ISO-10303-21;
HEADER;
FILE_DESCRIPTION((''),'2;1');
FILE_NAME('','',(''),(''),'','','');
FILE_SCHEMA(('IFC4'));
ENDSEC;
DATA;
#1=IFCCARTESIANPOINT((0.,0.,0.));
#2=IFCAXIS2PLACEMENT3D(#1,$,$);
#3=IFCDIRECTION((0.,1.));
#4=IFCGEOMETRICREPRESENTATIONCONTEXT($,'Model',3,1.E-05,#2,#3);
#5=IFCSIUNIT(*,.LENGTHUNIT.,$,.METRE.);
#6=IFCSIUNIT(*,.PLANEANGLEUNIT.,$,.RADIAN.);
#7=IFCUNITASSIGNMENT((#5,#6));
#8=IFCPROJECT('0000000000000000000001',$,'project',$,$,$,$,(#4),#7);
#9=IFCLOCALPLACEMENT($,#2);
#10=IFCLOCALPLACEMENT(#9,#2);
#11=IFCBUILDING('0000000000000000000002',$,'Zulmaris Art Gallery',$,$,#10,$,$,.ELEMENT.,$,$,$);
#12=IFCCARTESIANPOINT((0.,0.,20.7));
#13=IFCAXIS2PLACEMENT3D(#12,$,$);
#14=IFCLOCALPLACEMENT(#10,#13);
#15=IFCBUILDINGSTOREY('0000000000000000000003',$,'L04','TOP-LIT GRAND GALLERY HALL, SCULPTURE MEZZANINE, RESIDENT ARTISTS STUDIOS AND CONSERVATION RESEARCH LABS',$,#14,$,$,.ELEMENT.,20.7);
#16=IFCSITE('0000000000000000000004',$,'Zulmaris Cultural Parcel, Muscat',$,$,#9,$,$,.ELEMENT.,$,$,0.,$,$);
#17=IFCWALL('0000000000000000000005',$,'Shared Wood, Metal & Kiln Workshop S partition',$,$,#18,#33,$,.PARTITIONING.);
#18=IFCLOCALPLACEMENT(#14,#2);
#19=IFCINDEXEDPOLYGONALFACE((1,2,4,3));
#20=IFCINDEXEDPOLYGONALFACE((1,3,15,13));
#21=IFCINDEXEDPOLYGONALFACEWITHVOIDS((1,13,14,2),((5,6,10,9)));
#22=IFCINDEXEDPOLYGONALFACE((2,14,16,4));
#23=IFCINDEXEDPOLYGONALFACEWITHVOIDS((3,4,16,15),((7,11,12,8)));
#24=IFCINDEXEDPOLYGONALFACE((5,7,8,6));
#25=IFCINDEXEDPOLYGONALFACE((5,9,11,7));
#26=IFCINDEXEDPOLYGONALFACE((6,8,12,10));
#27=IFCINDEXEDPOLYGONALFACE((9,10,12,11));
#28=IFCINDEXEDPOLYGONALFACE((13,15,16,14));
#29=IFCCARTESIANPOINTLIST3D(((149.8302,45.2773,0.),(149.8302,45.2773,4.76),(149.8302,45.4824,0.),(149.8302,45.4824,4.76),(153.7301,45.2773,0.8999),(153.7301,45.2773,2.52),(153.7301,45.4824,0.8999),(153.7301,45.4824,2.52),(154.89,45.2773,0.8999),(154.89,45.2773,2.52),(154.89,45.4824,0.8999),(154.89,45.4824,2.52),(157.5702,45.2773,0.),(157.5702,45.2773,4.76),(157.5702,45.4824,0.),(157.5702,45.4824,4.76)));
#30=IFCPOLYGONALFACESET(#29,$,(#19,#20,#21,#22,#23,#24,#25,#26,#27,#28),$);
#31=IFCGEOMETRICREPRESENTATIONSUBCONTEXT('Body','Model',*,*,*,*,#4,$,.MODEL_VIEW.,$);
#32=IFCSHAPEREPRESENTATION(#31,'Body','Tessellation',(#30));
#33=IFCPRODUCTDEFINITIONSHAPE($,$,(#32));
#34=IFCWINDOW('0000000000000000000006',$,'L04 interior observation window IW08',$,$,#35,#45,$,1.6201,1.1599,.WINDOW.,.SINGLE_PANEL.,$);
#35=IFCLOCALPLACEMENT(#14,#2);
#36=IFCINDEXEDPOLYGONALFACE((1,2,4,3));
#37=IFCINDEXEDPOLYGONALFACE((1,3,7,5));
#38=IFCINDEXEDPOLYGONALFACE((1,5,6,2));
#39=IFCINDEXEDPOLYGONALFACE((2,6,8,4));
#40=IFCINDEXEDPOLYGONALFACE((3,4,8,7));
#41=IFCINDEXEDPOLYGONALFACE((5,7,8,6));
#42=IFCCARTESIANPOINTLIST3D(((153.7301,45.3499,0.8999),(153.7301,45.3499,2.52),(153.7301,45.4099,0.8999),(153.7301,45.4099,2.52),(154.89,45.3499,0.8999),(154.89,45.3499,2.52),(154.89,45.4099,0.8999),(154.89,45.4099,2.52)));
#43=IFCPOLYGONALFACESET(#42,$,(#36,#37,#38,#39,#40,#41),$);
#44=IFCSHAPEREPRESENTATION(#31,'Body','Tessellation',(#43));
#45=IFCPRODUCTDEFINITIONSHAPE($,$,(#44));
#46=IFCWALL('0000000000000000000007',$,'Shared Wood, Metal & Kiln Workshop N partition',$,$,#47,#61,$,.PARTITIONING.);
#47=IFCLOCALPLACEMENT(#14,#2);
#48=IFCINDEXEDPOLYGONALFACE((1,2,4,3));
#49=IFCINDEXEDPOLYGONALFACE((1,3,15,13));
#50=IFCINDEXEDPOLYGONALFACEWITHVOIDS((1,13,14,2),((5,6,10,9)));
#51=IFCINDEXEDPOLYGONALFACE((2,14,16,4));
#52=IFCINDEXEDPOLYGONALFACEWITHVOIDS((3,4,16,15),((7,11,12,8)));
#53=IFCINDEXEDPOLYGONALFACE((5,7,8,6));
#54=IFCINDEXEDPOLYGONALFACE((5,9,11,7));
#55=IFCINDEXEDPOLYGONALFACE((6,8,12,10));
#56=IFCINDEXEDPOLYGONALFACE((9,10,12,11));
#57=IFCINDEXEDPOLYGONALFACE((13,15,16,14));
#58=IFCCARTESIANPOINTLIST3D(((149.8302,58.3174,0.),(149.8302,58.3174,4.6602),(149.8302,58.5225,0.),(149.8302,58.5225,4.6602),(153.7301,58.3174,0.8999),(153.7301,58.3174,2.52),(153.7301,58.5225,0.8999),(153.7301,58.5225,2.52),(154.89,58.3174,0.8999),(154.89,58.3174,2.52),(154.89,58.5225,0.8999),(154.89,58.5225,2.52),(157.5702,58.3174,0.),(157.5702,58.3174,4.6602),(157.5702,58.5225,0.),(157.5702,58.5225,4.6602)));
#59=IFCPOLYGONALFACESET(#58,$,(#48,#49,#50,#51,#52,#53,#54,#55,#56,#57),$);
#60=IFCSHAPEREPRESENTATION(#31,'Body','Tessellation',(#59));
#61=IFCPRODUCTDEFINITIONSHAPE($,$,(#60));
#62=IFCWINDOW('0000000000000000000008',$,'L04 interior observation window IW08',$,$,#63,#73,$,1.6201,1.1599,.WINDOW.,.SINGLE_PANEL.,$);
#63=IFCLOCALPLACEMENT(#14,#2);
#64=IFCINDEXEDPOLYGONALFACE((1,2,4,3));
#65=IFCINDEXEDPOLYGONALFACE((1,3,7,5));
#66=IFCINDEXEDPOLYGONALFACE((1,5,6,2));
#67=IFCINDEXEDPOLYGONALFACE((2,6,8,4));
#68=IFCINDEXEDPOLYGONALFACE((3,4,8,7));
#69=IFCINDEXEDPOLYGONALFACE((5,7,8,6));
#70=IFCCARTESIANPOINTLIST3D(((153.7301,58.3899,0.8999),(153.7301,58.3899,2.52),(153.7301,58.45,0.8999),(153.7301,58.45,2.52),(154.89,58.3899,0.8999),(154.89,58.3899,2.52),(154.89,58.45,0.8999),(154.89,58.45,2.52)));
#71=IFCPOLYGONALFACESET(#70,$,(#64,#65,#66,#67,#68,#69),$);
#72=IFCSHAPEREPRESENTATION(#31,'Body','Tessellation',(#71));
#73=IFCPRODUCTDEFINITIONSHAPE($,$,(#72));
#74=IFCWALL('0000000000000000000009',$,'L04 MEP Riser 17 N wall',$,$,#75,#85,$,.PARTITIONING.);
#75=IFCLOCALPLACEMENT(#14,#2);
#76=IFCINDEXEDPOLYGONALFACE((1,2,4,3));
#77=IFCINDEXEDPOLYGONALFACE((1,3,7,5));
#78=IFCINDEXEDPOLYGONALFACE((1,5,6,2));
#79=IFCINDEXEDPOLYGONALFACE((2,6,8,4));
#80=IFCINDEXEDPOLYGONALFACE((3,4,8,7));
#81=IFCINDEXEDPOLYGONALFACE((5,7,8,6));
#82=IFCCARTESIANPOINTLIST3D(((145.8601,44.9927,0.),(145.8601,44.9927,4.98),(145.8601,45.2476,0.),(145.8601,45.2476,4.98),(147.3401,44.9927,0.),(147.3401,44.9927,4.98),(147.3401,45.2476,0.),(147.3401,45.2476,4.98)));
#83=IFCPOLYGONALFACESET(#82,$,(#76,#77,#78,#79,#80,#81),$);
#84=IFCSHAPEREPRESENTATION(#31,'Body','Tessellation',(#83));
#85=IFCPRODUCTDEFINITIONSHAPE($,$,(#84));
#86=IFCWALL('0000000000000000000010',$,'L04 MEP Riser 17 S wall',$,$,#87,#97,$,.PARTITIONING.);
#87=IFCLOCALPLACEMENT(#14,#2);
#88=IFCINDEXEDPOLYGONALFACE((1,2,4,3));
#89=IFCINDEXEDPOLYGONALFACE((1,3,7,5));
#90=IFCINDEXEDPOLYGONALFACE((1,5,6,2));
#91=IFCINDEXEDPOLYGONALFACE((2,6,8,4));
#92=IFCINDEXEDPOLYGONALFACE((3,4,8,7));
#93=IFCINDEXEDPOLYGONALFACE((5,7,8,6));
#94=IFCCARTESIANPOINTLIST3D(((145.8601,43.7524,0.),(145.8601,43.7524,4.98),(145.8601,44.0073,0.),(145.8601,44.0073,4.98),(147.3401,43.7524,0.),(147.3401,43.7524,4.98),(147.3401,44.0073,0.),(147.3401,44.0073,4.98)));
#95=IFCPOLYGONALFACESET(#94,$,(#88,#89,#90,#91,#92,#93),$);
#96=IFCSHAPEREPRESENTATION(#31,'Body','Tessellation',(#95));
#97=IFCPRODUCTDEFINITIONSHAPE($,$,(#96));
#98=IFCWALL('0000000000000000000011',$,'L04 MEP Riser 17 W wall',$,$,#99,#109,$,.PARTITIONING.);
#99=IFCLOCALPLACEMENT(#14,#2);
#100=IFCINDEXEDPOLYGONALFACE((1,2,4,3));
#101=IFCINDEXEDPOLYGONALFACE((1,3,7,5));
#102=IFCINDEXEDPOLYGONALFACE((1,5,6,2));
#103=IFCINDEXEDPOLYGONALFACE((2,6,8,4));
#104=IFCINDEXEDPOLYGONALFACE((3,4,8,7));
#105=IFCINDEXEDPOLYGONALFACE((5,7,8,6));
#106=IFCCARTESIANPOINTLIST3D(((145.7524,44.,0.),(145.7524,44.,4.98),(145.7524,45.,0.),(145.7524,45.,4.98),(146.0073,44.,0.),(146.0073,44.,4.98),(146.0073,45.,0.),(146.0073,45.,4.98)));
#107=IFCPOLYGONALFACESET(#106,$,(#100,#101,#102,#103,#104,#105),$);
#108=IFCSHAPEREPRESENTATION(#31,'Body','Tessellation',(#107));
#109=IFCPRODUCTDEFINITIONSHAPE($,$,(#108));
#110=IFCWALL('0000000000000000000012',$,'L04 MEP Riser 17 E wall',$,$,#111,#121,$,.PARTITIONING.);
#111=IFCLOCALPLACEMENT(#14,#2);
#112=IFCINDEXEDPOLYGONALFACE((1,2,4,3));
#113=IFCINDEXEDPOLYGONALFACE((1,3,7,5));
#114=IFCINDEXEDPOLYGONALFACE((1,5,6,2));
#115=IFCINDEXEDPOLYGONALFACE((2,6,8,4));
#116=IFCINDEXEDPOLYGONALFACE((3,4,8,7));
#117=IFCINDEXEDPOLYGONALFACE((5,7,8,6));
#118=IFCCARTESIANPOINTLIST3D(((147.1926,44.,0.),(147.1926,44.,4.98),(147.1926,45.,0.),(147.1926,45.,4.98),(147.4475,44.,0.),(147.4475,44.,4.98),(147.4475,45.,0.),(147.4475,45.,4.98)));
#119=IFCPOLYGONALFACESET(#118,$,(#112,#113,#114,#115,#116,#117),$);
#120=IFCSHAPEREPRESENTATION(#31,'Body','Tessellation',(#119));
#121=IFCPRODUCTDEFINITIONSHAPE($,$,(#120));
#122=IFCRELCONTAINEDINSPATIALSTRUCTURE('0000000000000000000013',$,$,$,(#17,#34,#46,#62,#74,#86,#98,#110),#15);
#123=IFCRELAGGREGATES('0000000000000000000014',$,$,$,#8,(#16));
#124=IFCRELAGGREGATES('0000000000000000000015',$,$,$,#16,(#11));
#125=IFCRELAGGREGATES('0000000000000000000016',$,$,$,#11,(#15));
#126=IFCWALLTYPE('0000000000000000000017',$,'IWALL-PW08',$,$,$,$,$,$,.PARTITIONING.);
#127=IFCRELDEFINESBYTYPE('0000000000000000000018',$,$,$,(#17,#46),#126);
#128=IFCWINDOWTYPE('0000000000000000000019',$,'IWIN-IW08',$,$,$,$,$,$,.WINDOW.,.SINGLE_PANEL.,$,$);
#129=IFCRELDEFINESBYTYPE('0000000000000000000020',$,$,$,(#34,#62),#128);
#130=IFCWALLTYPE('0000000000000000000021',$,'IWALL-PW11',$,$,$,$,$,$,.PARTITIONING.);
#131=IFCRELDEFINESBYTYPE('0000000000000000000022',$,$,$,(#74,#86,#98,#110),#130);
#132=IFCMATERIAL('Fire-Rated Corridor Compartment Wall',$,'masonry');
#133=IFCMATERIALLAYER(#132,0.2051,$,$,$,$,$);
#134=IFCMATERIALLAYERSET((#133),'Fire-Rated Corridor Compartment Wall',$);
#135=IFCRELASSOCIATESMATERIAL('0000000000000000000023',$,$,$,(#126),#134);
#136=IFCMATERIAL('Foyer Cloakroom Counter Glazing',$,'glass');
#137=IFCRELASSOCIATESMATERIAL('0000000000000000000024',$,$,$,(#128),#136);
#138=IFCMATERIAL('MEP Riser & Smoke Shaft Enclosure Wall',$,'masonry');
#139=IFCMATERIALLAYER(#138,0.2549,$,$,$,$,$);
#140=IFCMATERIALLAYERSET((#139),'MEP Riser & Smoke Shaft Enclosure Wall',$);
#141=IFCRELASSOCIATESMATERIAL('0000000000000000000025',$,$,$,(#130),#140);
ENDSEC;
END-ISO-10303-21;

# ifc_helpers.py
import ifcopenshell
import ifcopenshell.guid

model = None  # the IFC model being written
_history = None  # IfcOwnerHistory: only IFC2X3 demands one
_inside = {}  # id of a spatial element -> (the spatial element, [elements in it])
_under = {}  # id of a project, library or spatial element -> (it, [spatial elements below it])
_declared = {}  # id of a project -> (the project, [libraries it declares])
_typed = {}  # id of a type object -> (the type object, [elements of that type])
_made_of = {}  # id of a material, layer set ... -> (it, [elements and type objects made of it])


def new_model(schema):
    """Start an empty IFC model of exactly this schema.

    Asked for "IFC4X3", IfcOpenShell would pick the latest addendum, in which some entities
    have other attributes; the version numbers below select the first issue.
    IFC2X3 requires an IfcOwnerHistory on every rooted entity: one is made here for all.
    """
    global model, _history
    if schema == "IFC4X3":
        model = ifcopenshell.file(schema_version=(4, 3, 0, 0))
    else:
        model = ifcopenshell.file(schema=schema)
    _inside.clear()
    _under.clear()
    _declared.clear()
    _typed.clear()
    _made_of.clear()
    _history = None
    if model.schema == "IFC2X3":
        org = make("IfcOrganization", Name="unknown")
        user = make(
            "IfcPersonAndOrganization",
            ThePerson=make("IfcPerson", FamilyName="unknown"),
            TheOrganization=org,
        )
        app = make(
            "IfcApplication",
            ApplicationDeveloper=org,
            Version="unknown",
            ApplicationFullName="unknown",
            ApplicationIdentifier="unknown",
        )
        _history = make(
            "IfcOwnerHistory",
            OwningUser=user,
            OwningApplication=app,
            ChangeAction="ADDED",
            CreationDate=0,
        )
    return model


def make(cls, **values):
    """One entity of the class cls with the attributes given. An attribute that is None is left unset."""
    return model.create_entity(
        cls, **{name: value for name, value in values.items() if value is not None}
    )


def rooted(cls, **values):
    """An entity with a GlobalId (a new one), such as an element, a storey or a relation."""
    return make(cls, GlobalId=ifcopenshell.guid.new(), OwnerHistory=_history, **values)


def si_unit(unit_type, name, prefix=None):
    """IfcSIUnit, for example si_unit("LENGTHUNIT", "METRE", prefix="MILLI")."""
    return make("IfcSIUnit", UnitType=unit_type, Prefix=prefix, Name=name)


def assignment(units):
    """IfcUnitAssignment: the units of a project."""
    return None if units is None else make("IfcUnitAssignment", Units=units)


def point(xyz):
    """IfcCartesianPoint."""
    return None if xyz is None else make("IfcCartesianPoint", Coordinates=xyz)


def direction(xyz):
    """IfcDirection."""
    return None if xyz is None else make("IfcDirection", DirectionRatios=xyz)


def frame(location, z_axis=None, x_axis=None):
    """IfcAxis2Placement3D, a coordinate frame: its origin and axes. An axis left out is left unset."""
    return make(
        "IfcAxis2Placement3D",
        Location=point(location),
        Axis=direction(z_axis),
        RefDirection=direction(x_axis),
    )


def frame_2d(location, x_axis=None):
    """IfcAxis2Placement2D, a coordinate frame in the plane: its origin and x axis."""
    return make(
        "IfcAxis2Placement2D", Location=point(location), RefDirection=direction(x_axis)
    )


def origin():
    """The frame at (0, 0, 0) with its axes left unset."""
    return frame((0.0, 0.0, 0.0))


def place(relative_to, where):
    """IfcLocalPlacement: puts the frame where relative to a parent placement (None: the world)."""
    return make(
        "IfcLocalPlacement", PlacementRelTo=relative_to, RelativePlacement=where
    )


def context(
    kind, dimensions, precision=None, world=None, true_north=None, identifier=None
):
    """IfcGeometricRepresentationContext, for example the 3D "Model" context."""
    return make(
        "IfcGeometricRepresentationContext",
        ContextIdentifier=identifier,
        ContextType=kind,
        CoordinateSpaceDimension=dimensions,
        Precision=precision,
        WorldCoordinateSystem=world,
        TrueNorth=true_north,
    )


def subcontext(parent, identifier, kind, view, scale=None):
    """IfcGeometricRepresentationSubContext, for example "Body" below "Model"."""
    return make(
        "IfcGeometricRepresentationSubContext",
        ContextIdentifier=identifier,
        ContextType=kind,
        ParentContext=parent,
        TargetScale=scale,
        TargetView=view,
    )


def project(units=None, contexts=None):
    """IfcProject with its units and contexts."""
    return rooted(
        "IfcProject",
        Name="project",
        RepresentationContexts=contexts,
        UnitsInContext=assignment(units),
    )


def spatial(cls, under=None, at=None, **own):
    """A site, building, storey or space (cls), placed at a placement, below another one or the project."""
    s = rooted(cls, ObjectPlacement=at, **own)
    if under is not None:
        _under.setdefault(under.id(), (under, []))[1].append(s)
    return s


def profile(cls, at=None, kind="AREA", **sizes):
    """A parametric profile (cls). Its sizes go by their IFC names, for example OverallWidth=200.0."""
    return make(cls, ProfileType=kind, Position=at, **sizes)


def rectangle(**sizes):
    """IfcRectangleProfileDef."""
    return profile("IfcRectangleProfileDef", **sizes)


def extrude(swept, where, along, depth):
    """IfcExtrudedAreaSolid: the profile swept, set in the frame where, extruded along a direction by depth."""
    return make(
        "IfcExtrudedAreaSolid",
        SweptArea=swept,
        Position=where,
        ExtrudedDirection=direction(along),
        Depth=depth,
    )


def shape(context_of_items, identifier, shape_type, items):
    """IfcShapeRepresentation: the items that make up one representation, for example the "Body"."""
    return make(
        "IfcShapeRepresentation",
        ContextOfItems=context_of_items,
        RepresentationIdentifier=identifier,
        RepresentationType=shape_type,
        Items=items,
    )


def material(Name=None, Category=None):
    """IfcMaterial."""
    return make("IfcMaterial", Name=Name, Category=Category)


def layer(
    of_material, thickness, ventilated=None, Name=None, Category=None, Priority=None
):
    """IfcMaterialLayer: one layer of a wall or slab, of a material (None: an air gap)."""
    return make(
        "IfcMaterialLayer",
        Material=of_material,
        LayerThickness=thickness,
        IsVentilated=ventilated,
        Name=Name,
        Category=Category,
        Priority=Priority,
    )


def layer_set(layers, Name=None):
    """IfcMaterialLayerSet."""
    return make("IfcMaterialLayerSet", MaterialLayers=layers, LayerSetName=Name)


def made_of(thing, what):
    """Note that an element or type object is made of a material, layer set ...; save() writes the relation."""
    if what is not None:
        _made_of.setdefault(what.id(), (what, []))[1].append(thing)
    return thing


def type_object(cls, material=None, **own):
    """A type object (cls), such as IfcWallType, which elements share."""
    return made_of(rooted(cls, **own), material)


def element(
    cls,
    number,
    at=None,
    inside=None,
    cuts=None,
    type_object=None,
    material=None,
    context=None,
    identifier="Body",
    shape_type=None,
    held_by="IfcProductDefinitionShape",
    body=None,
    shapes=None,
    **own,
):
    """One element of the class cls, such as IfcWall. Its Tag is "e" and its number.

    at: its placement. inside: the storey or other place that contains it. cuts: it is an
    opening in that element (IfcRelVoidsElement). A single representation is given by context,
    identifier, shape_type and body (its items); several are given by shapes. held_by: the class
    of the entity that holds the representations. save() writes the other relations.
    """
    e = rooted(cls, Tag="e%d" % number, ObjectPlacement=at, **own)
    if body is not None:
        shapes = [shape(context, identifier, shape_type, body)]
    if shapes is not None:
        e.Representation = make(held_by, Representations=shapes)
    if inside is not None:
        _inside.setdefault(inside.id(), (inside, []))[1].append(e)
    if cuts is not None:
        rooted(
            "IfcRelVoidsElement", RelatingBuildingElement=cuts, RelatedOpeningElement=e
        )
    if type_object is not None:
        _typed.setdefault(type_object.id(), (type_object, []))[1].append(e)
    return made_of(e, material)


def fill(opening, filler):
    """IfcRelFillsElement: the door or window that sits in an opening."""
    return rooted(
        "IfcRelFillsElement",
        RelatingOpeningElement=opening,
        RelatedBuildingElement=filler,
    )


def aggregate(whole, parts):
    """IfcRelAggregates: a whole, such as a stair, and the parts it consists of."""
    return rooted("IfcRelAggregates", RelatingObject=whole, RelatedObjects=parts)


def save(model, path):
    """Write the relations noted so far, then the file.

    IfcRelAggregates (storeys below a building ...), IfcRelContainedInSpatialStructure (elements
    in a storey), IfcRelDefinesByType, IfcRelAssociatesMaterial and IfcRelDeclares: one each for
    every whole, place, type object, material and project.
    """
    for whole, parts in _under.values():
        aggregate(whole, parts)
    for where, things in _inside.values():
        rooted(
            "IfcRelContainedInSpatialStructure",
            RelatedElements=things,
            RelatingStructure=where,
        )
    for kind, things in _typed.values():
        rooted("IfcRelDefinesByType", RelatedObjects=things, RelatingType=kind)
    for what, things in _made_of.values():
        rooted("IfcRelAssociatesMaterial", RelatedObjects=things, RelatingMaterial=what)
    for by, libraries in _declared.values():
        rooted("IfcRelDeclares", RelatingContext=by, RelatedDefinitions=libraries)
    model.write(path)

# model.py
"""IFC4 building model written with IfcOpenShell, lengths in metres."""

from ifc_helpers import new_model, si_unit, direction, frame, frame_2d, origin, place, context, subcontext, project, spatial, rectangle, extrude, material, layer, layer_set, type_object, element, fill, save


model = new_model("IFC4")

# Units and contexts
model_context = context("Model", 3, precision=1e-05, world=origin(), true_north=direction((0.0, 1.0)))
body_context = subcontext(model_context, "Body", "Model", "MODEL_VIEW")
ifc_project = project(units=[si_unit("LENGTHUNIT", "METRE"), si_unit("PLANEANGLEUNIT", "RADIAN")], contexts=[model_context])

# Site, building, storey
site_placement = place(None, origin())
site = spatial("IfcSite", under=ifc_project, at=site_placement, Name="Zulmaris Cultural Parcel, Muscat", CompositionType="ELEMENT", RefElevation=0.0)
building_placement = place(site_placement, origin())
building = spatial("IfcBuilding", under=site, at=building_placement, Name="Zulmaris Art Gallery", CompositionType="ELEMENT")
storey_placement = place(building_placement, frame((0.0, 0.0, 20.7)))
storey = spatial("IfcBuildingStorey", under=building, at=storey_placement, Name="L04", Description="TOP-LIT GRAND GALLERY HALL, SCULPTURE MEZZANINE, RESIDENT ARTISTS STUDIOS AND CONSERVATION RESEARCH LABS", CompositionType="ELEMENT", Elevation=20.7)

# Shared definitions
ifc_material_1 = material(Name="Fire-Rated Corridor Compartment Wall", Category="masonry")
ifc_layer_1 = layer(ifc_material_1, 0.2051)
ifc_layer_set_1 = layer_set([ifc_layer_1], Name="Fire-Rated Corridor Compartment Wall")
wall_type_1 = type_object("IfcWallType", Name="IWALL-PW08", PredefinedType="PARTITIONING", material=ifc_layer_set_1)

# Walls, openings, windows
wall_1_placement = place(storey_placement, frame((149.8301, 45.3799, 0.0), z_axis=(0.0, 0.0, 1.0), x_axis=(1.0, 0.0, 0.0)))
wall_1 = element("IfcWall", 1, at=wall_1_placement, inside=storey, type_object=wall_type_1, Name="Shared Wood, Metal & Kiln Workshop S partition", PredefinedType="PARTITIONING", context=body_context, shape_type="SweptSolid", body=[
    extrude(rectangle(XDim=7.74, YDim=0.2051, at=frame_2d((3.8701, 0.0))), origin(), (0.0, 0.0, 1.0), 4.76),
])
opening_1_placement = place(wall_1_placement, frame((3.8999, 0.0, 0.8999)))
opening_1 = element("IfcOpeningElement", 2, at=opening_1_placement, cuts=wall_1, PredefinedType="OPENING", context=body_context, shape_type="SweptSolid", body=[
    extrude(rectangle(XDim=1.1599, YDim=1.6201, at=frame_2d((0.5801, 0.8101))), frame((0.0, 0.1125, 0.0), z_axis=(0.0, -1.0, 0.0), x_axis=(1.0, 0.0, 0.0)), (0.0, 0.0, 1.0), 0.2251),
])
ifc_material_2 = material(Name="Foyer Cloakroom Counter Glazing", Category="glass")
window_type_1 = type_object("IfcWindowType", Name="IWIN-IW08", PartitioningType="SINGLE_PANEL", PredefinedType="WINDOW", material=ifc_material_2)
window_1_placement = place(opening_1_placement, origin())
window_1 = element("IfcWindow", 3, at=window_1_placement, inside=storey, type_object=window_type_1, Name="L04 interior observation window IW08", OverallHeight=1.6201, OverallWidth=1.1599, PartitioningType="SINGLE_PANEL", PredefinedType="WINDOW", context=body_context, shape_type="SweptSolid", body=[
    extrude(rectangle(XDim=1.1599, YDim=1.6201, at=frame_2d((0.5801, 0.8101))), frame((0.0, 0.03, 0.0), z_axis=(0.0, -1.0, 0.0), x_axis=(1.0, 0.0, 0.0)), (0.0, 0.0, 1.0), 0.0601),
])
fill(opening_1, window_1)
wall_2_placement = place(storey_placement, frame((149.8301, 58.4199, 0.0), z_axis=(0.0, 0.0, 1.0), x_axis=(1.0, 0.0, 0.0)))
wall_2 = element("IfcWall", 4, at=wall_2_placement, inside=storey, type_object=wall_type_1, Name="Shared Wood, Metal & Kiln Workshop N partition", PredefinedType="PARTITIONING", context=body_context, shape_type="SweptSolid", body=[
    extrude(rectangle(XDim=7.74, YDim=0.2051, at=frame_2d((3.8701, 0.0))), origin(), (0.0, 0.0, 1.0), 4.6602),
])
opening_2_placement = place(wall_2_placement, frame((3.8999, 0.0, 0.8999)))
opening_2 = element("IfcOpeningElement", 5, at=opening_2_placement, cuts=wall_2, PredefinedType="OPENING", context=body_context, shape_type="SweptSolid", body=[
    extrude(rectangle(XDim=1.1599, YDim=1.6201, at=frame_2d((0.5801, 0.8101))), frame((0.0, 0.1125, 0.0), z_axis=(0.0, -1.0, 0.0), x_axis=(1.0, 0.0, 0.0)), (0.0, 0.0, 1.0), 0.2251),
])
window_2_placement = place(opening_2_placement, origin())
window_2 = element("IfcWindow", 6, at=window_2_placement, inside=storey, type_object=window_type_1, Name="L04 interior observation window IW08", OverallHeight=1.6201, OverallWidth=1.1599, PartitioningType="SINGLE_PANEL", PredefinedType="WINDOW", context=body_context, shape_type="SweptSolid", body=[
    extrude(rectangle(XDim=1.1599, YDim=1.6201, at=frame_2d((0.5801, 0.8101))), frame((0.0, 0.03, 0.0), z_axis=(0.0, -1.0, 0.0), x_axis=(1.0, 0.0, 0.0)), (0.0, 0.0, 1.0), 0.0601),
])
fill(opening_2, window_2)

# Walls
ifc_material_3 = material(Name="MEP Riser & Smoke Shaft Enclosure Wall", Category="masonry")
ifc_layer_2 = layer(ifc_material_3, 0.2549)
ifc_layer_set_2 = layer_set([ifc_layer_2], Name="MEP Riser & Smoke Shaft Enclosure Wall")
wall_type_2 = type_object("IfcWallType", Name="IWALL-PW11", PredefinedType="PARTITIONING", material=ifc_layer_set_2)
for number, where, z_axis, x_axis, name in (
    (7, (145.8601, 45.1201, 0.0), (0.0, 0.0, 1.0), (1.0, 0.0, 0.0), "L04 MEP Riser 17 N wall"),
    (8, (145.8601, 43.8799, 0.0), (0.0, 0.0, 1.0), (1.0, 0.0, 0.0), "L04 MEP Riser 17 S wall"),
):
    element("IfcWall", number, at=place(storey_placement, frame(where, z_axis=z_axis, x_axis=x_axis)), inside=storey, type_object=wall_type_2, Name=name, PredefinedType="PARTITIONING", context=body_context, shape_type="SweptSolid", body=[
        extrude(rectangle(XDim=1.48, YDim=0.2549, at=frame_2d((0.74, 0.0))), origin(), (0.0, 0.0, 1.0), 4.98),
    ])
for number, where, z_axis, x_axis, name in (
    (9, (145.8799, 44.0, 0.0), (0.0, 0.0, 1.0), (0.0, 1.0, 0.0), "L04 MEP Riser 17 W wall"),
    (10, (147.3201, 44.0, 0.0), (0.0, 0.0, 1.0), (0.0, 1.0, 0.0), "L04 MEP Riser 17 E wall"),
):
    element("IfcWall", number, at=place(storey_placement, frame(where, z_axis=z_axis, x_axis=x_axis)), inside=storey, type_object=wall_type_2, Name=name, PredefinedType="PARTITIONING", context=body_context, shape_type="SweptSolid", body=[
        extrude(rectangle(XDim=1.0, YDim=0.2549, at=frame_2d((0.5, 0.0))), origin(), (0.0, 0.0, 1.0), 4.98),
    ])

save(model, "model.ifc")
